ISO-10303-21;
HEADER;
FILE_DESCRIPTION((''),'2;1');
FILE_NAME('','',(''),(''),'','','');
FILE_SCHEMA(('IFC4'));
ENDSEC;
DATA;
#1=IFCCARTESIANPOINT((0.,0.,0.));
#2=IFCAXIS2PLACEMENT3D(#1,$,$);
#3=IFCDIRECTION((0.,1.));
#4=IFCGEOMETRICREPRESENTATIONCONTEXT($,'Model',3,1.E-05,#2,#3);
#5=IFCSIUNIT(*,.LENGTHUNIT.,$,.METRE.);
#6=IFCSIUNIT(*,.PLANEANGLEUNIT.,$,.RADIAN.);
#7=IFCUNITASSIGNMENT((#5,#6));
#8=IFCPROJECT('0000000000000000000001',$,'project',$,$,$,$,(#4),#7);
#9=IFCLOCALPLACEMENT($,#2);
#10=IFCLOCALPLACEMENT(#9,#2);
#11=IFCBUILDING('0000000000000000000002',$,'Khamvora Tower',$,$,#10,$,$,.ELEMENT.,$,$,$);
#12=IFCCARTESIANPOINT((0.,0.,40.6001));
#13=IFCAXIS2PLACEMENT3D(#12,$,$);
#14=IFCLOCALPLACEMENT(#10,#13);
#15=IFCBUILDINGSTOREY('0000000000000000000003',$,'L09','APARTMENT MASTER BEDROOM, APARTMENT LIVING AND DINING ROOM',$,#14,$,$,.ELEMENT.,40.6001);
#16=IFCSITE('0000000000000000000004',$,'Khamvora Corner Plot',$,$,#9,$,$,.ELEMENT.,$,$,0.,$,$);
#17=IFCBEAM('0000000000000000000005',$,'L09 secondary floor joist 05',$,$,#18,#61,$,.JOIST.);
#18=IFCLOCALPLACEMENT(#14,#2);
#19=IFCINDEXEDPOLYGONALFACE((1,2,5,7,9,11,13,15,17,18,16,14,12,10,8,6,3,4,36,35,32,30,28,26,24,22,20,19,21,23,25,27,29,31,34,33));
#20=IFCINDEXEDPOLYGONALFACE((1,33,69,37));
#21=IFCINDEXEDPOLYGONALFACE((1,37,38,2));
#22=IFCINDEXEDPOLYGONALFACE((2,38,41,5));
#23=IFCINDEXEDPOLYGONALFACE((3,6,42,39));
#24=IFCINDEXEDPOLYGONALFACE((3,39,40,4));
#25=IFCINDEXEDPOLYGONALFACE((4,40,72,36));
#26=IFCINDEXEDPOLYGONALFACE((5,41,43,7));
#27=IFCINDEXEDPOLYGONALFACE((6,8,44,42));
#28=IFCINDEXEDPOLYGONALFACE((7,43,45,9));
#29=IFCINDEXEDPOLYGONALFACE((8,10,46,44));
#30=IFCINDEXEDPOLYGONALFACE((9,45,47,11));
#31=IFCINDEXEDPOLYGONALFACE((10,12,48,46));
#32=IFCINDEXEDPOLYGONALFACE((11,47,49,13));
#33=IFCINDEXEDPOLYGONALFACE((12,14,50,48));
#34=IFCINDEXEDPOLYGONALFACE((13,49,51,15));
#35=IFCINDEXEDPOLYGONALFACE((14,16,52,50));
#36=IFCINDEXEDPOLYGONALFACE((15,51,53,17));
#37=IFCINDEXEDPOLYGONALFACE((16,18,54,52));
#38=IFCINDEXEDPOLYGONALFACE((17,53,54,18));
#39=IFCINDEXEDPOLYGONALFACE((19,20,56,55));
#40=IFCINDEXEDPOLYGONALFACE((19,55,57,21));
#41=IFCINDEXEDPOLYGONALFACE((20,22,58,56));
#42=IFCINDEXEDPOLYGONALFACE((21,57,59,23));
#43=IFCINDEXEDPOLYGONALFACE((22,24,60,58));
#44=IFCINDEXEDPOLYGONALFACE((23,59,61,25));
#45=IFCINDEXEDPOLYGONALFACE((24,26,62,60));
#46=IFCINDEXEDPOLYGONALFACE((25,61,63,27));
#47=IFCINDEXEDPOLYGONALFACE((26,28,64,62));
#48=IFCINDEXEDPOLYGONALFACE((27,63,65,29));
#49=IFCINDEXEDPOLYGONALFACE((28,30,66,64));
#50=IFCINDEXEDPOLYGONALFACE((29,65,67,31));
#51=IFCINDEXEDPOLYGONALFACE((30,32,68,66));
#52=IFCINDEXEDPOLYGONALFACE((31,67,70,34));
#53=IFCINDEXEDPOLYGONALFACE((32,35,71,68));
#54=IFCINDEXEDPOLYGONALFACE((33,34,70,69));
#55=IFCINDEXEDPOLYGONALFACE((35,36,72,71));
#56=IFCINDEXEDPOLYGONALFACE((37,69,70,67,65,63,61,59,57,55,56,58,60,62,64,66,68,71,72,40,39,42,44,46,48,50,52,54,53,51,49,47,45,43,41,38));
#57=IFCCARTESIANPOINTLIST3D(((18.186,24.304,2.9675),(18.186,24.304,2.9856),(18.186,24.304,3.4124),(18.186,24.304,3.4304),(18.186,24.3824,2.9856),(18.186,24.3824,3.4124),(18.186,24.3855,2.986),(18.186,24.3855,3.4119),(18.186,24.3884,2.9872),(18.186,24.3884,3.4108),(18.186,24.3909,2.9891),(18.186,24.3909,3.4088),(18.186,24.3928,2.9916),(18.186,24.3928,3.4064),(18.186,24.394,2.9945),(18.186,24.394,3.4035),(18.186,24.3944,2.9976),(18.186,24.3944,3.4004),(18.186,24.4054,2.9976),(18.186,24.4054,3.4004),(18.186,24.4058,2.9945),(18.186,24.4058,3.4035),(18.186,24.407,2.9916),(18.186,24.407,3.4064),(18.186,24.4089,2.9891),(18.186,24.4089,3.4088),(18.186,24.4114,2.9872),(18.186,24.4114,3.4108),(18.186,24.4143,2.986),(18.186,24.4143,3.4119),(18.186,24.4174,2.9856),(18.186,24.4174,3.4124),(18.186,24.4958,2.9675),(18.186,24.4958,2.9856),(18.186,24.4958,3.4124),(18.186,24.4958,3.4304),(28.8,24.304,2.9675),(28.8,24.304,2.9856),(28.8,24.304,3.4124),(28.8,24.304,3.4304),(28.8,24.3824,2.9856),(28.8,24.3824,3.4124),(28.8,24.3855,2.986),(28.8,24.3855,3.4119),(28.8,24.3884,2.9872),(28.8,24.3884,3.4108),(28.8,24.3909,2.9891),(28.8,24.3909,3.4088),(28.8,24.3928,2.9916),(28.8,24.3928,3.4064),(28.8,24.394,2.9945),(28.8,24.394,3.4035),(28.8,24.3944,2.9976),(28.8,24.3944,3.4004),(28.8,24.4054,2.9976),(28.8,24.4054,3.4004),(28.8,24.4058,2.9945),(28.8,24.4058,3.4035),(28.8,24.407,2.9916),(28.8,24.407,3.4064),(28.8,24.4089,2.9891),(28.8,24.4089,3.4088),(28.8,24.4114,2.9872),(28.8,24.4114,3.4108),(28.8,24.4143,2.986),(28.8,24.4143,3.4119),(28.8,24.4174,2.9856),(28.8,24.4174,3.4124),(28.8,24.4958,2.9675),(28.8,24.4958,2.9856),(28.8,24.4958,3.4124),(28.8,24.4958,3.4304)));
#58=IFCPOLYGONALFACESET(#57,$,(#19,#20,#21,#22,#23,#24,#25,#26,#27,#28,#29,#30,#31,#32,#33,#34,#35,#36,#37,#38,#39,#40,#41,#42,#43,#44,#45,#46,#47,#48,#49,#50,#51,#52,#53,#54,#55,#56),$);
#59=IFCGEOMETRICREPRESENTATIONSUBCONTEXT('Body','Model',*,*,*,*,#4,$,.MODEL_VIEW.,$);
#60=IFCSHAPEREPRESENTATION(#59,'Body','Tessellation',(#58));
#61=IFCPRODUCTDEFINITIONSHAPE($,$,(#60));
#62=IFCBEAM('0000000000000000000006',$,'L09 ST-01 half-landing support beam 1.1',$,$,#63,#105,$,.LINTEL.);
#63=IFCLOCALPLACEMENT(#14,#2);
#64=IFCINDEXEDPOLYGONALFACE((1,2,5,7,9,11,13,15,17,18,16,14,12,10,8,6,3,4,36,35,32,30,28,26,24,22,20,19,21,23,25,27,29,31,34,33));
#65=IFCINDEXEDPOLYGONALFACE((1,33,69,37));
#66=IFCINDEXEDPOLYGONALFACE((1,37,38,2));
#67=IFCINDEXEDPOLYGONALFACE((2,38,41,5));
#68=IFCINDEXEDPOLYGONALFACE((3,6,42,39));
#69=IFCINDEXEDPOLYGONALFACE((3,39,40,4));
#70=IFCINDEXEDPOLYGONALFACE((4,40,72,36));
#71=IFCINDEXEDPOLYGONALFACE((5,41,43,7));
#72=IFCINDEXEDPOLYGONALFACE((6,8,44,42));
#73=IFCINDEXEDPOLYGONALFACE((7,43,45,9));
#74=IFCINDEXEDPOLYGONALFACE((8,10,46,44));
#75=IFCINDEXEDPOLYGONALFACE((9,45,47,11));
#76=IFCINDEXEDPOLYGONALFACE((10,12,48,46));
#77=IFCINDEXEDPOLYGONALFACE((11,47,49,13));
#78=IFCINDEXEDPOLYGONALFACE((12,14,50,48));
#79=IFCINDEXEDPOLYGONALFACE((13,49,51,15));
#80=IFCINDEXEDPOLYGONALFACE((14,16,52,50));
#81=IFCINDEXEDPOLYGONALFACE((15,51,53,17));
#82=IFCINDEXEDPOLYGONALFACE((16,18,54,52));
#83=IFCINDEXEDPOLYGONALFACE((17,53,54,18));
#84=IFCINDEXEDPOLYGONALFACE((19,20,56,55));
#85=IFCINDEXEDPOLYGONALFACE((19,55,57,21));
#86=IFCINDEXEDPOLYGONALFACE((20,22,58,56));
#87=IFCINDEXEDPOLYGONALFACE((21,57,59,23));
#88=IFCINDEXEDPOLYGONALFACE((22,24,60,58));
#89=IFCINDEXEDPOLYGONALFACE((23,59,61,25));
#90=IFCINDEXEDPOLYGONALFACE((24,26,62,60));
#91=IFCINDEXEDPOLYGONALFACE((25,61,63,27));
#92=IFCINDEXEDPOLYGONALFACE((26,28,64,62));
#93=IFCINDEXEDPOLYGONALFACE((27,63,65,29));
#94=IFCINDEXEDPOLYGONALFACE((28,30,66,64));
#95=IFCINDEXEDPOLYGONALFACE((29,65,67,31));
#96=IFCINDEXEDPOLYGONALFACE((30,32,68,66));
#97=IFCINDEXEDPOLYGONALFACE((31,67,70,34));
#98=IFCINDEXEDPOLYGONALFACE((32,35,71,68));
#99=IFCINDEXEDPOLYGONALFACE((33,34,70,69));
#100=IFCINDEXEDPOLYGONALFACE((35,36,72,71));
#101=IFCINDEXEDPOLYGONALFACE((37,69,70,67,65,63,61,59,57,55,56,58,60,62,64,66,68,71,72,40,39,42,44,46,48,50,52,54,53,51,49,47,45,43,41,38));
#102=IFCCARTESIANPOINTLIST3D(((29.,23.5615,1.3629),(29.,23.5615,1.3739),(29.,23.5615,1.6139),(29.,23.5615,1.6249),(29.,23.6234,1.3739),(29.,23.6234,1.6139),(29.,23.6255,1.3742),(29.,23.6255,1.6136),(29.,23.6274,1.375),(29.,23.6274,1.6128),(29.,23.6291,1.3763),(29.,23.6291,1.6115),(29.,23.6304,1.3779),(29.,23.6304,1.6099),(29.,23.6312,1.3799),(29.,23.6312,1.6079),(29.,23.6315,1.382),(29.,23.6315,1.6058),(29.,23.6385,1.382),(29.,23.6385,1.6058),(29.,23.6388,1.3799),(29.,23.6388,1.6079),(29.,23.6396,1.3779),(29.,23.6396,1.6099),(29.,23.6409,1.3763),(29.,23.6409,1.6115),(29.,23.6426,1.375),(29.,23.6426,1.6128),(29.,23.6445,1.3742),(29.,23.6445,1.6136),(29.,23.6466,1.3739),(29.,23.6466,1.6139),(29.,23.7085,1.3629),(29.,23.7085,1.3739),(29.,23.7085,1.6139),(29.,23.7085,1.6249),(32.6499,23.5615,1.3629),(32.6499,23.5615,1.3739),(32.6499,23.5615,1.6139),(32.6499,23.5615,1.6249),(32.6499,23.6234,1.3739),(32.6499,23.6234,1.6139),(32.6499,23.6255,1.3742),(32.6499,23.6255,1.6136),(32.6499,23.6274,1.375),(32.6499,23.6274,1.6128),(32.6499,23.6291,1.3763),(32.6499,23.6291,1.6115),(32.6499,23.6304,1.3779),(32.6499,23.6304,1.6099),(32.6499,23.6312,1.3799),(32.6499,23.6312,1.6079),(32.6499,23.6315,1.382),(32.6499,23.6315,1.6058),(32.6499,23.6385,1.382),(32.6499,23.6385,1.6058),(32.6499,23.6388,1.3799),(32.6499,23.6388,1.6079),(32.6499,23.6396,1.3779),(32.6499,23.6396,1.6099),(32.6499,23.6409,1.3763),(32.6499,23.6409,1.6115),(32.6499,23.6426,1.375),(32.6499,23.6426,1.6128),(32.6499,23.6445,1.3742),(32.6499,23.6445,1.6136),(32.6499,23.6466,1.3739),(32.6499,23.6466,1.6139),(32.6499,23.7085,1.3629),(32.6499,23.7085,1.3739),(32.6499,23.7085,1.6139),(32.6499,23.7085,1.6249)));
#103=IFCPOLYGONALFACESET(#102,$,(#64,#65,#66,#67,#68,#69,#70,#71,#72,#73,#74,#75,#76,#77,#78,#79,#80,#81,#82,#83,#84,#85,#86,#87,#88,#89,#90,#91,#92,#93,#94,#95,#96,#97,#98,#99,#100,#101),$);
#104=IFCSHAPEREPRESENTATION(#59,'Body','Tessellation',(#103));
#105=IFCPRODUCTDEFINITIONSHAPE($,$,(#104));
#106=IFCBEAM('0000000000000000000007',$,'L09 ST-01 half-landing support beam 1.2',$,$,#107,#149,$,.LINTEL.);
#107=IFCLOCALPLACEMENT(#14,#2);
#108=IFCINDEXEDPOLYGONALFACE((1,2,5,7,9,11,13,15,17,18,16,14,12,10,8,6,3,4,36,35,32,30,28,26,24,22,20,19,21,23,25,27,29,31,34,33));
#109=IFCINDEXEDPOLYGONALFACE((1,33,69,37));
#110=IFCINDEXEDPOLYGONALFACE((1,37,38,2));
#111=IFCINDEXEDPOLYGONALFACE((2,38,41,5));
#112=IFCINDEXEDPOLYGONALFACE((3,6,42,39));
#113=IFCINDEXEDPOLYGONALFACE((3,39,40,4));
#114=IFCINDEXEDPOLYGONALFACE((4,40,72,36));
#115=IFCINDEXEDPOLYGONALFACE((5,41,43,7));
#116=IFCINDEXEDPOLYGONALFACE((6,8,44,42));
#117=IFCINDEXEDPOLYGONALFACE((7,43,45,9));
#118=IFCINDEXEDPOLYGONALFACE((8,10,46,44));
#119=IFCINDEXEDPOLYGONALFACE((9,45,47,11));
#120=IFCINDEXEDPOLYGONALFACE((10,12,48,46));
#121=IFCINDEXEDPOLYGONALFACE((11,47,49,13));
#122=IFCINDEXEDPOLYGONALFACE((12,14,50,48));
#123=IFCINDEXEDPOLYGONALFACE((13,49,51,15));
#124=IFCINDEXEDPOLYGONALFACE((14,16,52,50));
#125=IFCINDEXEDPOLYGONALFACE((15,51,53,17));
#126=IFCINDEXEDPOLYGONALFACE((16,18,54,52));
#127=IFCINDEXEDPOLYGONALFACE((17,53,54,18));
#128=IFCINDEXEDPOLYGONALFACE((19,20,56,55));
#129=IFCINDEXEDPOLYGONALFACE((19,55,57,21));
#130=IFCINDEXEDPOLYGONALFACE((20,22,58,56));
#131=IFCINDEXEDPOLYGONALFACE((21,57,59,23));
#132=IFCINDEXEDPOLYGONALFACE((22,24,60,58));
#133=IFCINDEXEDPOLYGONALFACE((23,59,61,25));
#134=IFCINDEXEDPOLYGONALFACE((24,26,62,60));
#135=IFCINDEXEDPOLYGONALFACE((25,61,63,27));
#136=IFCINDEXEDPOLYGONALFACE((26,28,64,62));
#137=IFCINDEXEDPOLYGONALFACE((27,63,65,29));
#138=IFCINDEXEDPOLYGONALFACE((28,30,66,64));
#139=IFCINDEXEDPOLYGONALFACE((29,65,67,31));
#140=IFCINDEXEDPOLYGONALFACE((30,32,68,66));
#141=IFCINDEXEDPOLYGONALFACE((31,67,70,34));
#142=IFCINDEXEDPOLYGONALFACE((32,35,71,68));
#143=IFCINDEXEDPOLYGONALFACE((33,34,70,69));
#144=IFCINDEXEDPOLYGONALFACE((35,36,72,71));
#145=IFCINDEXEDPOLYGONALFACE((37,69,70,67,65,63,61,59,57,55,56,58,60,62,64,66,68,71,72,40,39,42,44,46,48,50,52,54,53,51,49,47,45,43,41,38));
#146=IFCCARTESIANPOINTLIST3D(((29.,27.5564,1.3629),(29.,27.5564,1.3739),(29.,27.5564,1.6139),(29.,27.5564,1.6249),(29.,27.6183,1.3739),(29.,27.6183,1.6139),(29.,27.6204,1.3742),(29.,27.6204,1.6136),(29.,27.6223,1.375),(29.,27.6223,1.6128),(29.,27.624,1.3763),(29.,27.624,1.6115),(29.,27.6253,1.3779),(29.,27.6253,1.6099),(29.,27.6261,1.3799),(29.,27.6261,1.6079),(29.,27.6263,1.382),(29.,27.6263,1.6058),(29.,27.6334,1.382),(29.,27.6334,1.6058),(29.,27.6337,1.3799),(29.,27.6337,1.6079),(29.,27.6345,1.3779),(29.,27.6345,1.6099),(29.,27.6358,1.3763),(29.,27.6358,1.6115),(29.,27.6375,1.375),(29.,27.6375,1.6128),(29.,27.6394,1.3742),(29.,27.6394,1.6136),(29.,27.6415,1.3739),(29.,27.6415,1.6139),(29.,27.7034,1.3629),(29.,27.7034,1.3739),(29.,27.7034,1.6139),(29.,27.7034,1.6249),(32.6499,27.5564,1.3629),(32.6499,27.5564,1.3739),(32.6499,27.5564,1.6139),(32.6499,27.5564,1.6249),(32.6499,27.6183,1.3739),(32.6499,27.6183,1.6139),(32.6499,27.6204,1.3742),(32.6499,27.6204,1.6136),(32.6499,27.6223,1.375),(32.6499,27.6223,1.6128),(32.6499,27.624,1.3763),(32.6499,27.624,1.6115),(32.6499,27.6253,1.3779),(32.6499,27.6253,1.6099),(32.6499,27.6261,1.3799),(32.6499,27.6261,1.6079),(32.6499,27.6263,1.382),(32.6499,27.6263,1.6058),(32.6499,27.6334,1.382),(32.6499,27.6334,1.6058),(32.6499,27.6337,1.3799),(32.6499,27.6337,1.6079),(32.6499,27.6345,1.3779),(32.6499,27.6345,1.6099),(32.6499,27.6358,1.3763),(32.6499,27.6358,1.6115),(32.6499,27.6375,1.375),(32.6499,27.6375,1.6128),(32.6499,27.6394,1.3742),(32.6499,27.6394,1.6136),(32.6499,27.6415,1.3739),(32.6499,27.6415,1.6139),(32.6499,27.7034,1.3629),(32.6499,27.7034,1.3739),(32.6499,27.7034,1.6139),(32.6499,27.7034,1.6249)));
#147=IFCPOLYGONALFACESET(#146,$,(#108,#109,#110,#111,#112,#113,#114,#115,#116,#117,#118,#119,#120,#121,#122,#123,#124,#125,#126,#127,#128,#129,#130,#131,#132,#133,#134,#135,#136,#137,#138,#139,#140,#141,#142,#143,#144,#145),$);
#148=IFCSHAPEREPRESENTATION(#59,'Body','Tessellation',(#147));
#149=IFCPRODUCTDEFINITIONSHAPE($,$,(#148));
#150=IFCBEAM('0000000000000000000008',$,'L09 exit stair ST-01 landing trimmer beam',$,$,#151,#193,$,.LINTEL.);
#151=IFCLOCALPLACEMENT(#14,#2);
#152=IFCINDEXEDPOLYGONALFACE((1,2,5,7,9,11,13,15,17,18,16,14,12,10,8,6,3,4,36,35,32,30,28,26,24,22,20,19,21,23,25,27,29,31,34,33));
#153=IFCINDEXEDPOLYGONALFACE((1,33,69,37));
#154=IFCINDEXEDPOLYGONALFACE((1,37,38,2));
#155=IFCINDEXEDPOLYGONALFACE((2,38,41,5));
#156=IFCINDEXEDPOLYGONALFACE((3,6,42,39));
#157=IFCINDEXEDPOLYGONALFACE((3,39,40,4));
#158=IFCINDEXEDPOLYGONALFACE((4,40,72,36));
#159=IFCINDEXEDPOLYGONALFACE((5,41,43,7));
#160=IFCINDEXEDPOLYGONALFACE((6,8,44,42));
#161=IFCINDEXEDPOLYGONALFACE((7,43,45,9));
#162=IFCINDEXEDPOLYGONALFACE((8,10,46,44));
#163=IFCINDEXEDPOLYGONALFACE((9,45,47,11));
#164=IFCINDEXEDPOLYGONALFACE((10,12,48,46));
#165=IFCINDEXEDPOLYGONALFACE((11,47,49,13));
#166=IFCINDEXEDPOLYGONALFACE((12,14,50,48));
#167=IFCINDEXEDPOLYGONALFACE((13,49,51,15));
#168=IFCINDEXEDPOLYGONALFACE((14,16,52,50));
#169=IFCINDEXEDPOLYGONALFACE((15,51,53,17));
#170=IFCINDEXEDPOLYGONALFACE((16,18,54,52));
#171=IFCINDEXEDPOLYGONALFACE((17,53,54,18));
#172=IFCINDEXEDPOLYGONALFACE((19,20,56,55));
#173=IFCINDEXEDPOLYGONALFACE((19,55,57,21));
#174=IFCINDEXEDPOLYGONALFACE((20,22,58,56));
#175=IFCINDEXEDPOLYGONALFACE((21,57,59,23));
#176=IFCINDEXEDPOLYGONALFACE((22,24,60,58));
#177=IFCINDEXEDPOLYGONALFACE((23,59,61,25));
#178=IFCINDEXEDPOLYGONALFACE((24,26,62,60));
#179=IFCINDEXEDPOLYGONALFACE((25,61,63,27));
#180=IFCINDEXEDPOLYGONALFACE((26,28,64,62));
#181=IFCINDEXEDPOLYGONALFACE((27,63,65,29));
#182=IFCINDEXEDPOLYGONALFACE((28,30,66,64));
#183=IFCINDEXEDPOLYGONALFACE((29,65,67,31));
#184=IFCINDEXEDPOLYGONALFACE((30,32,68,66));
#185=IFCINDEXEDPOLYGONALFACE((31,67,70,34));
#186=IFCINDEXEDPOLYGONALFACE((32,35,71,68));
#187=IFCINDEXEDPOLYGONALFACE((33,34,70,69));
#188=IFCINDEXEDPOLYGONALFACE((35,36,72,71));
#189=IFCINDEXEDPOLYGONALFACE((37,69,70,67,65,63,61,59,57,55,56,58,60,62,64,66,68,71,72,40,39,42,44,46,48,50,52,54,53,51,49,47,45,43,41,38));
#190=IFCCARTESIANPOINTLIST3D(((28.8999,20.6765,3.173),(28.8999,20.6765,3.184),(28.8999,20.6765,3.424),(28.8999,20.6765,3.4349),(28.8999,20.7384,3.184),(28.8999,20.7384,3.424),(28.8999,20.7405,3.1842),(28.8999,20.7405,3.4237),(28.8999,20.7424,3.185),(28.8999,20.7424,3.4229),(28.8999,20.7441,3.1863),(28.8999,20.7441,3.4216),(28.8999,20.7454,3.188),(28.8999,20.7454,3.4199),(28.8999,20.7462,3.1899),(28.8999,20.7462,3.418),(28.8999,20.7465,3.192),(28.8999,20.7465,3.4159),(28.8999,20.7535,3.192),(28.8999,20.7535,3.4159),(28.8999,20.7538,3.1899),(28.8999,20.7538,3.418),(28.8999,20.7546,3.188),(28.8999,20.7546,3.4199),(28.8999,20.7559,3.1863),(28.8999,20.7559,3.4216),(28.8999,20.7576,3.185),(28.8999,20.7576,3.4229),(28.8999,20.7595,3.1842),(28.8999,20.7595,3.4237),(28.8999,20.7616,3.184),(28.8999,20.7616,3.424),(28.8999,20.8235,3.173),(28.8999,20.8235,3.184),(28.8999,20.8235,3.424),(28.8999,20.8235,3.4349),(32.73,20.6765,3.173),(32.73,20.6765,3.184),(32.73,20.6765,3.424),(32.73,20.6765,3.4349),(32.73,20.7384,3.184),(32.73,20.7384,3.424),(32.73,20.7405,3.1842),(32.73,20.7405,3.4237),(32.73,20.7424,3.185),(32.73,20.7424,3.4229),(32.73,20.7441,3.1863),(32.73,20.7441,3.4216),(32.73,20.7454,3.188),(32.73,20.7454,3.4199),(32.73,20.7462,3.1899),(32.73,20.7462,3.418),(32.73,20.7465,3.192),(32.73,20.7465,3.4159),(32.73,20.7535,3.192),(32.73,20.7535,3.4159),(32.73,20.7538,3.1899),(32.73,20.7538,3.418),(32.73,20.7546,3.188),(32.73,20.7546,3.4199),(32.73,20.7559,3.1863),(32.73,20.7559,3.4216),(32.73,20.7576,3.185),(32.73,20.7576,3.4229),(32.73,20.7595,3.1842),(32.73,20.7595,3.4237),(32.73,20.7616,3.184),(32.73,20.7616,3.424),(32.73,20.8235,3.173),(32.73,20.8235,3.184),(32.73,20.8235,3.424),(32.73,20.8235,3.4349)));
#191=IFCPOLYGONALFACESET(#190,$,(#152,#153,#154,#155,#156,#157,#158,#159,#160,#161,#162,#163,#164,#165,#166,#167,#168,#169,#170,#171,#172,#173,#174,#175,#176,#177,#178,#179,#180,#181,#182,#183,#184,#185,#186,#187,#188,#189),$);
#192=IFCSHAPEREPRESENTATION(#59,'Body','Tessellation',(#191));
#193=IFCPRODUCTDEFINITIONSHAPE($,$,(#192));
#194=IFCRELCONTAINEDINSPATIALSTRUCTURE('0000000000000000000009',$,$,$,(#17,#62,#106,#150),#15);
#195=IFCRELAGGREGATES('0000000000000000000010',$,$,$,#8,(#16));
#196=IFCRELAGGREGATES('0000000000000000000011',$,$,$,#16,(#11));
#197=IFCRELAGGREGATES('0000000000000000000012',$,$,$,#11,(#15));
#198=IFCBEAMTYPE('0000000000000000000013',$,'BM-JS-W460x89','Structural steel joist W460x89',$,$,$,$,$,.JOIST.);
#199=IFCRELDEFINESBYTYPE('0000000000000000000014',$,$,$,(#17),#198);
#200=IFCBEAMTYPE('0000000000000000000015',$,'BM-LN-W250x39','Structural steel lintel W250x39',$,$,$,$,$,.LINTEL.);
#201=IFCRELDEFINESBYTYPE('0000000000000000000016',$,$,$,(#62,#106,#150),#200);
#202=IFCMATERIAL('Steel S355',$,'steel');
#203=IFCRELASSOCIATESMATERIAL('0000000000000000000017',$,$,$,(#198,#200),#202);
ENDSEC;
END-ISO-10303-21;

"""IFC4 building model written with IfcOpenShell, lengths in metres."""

from ifc_helpers import new_model, si_unit, direction, frame, origin, origin_2d, place, context, subcontext, project, spatial, i_section, extrude, material, material_profile, profile_set, type_object, element, save


model = new_model("IFC4")

# Units and contexts
model_context = context("Model", 3, precision=1e-05, world=origin(), true_north=direction((0.0, 1.0)))
body_context = subcontext(model_context, "Body", "Model", "MODEL_VIEW")
ifc_project = project(units=[si_unit("LENGTHUNIT", "METRE"), si_unit("PLANEANGLEUNIT", "RADIAN")], contexts=[model_context])

# Site, building, storey
site_placement = place(None, origin())
site = spatial("IfcSite", under=ifc_project, at=site_placement, Name="Khamvora Corner Plot", CompositionType="ELEMENT", RefElevation=0.0)
building_placement = place(site_placement, origin())
building = spatial("IfcBuilding", under=site, at=building_placement, Name="Khamvora Tower", CompositionType="ELEMENT")
storey_placement = place(building_placement, frame((0.0, 0.0, 40.6001)))
storey = spatial("IfcBuildingStorey", under=building, at=storey_placement, Name="L09", Description="APARTMENT MASTER BEDROOM, APARTMENT LIVING AND DINING ROOM", CompositionType="ELEMENT", Elevation=40.6001)

# Beams
ifc_material_1 = material(Name="Steel S355", Category="steel")
ifc_material_profile_1 = material_profile(ifc_material_1, i_section(OverallWidth=0.1919, OverallDepth=0.4629, WebThickness=0.011, FlangeThickness=0.0181, FilletRadius=0.012, at=origin_2d()), Name="W460x89")
ifc_profile_set_1 = profile_set([ifc_material_profile_1], Name="Steel S355")
beam_type_1 = type_object("IfcBeamType", Name="BM-JS-W460x89", Description="Structural steel joist W460x89", PredefinedType="JOIST", material=ifc_profile_set_1)
beam_1_placement = place(storey_placement, frame((18.186, 24.3999, 3.199), z_axis=(1.0, 0.0, 0.0), x_axis=(0.0, 1.0, 0.0)))
element("IfcBeam", 1, at=beam_1_placement, inside=storey, type_object=beam_type_1, Name="L09 secondary floor joist 05", PredefinedType="JOIST", context=body_context, shape_type="SweptSolid", body=[
    extrude(i_section(OverallWidth=0.1919, OverallDepth=0.4629, WebThickness=0.011, FlangeThickness=0.0181, FilletRadius=0.012, at=origin_2d()), origin(), (0.0, 0.0, 1.0), 10.614),
])
ifc_material_profile_2 = material_profile(ifc_material_1, i_section(OverallWidth=0.147, OverallDepth=0.262, WebThickness=0.0071, FlangeThickness=0.011, FilletRadius=0.0081, at=origin_2d()), Name="W250x39")
ifc_profile_set_2 = profile_set([ifc_material_profile_2], Name="Steel S355")
beam_type_2 = type_object("IfcBeamType", Name="BM-LN-W250x39", Description="Structural steel lintel W250x39", PredefinedType="LINTEL", material=ifc_profile_set_2)
for number, where, z_axis, x_axis, name in (
    (2, (29.0, 23.635, 1.4939), (1.0, 0.0, 0.0), (0.0, 1.0, 0.0), "L09 ST-01 half-landing support beam 1.1"),
    (3, (29.0, 27.6299, 1.4939), (1.0, 0.0, 0.0), (0.0, 1.0, 0.0), "L09 ST-01 half-landing support beam 1.2"),
):
    element("IfcBeam", number, at=place(storey_placement, frame(where, z_axis=z_axis, x_axis=x_axis)), inside=storey, type_object=beam_type_2, Name=name, PredefinedType="LINTEL", context=body_context, shape_type="SweptSolid", body=[
        extrude(i_section(OverallWidth=0.147, OverallDepth=0.262, WebThickness=0.0071, FlangeThickness=0.011, FilletRadius=0.0081, at=origin_2d()), origin(), (0.0, 0.0, 1.0), 3.6499),
    ])
beam_2_placement = place(storey_placement, frame((28.8999, 20.75, 3.304), z_axis=(1.0, 0.0, 0.0), x_axis=(0.0, 1.0, 0.0)))
element("IfcBeam", 4, at=beam_2_placement, inside=storey, type_object=beam_type_2, Name="L09 exit stair ST-01 landing trimmer beam", PredefinedType="LINTEL", context=body_context, shape_type="SweptSolid", body=[
    extrude(i_section(OverallWidth=0.147, OverallDepth=0.262, WebThickness=0.0071, FlangeThickness=0.011, FilletRadius=0.0081, at=origin_2d()), origin(), (0.0, 0.0, 1.0), 3.8301),
])

save(model, "model.ifc")
